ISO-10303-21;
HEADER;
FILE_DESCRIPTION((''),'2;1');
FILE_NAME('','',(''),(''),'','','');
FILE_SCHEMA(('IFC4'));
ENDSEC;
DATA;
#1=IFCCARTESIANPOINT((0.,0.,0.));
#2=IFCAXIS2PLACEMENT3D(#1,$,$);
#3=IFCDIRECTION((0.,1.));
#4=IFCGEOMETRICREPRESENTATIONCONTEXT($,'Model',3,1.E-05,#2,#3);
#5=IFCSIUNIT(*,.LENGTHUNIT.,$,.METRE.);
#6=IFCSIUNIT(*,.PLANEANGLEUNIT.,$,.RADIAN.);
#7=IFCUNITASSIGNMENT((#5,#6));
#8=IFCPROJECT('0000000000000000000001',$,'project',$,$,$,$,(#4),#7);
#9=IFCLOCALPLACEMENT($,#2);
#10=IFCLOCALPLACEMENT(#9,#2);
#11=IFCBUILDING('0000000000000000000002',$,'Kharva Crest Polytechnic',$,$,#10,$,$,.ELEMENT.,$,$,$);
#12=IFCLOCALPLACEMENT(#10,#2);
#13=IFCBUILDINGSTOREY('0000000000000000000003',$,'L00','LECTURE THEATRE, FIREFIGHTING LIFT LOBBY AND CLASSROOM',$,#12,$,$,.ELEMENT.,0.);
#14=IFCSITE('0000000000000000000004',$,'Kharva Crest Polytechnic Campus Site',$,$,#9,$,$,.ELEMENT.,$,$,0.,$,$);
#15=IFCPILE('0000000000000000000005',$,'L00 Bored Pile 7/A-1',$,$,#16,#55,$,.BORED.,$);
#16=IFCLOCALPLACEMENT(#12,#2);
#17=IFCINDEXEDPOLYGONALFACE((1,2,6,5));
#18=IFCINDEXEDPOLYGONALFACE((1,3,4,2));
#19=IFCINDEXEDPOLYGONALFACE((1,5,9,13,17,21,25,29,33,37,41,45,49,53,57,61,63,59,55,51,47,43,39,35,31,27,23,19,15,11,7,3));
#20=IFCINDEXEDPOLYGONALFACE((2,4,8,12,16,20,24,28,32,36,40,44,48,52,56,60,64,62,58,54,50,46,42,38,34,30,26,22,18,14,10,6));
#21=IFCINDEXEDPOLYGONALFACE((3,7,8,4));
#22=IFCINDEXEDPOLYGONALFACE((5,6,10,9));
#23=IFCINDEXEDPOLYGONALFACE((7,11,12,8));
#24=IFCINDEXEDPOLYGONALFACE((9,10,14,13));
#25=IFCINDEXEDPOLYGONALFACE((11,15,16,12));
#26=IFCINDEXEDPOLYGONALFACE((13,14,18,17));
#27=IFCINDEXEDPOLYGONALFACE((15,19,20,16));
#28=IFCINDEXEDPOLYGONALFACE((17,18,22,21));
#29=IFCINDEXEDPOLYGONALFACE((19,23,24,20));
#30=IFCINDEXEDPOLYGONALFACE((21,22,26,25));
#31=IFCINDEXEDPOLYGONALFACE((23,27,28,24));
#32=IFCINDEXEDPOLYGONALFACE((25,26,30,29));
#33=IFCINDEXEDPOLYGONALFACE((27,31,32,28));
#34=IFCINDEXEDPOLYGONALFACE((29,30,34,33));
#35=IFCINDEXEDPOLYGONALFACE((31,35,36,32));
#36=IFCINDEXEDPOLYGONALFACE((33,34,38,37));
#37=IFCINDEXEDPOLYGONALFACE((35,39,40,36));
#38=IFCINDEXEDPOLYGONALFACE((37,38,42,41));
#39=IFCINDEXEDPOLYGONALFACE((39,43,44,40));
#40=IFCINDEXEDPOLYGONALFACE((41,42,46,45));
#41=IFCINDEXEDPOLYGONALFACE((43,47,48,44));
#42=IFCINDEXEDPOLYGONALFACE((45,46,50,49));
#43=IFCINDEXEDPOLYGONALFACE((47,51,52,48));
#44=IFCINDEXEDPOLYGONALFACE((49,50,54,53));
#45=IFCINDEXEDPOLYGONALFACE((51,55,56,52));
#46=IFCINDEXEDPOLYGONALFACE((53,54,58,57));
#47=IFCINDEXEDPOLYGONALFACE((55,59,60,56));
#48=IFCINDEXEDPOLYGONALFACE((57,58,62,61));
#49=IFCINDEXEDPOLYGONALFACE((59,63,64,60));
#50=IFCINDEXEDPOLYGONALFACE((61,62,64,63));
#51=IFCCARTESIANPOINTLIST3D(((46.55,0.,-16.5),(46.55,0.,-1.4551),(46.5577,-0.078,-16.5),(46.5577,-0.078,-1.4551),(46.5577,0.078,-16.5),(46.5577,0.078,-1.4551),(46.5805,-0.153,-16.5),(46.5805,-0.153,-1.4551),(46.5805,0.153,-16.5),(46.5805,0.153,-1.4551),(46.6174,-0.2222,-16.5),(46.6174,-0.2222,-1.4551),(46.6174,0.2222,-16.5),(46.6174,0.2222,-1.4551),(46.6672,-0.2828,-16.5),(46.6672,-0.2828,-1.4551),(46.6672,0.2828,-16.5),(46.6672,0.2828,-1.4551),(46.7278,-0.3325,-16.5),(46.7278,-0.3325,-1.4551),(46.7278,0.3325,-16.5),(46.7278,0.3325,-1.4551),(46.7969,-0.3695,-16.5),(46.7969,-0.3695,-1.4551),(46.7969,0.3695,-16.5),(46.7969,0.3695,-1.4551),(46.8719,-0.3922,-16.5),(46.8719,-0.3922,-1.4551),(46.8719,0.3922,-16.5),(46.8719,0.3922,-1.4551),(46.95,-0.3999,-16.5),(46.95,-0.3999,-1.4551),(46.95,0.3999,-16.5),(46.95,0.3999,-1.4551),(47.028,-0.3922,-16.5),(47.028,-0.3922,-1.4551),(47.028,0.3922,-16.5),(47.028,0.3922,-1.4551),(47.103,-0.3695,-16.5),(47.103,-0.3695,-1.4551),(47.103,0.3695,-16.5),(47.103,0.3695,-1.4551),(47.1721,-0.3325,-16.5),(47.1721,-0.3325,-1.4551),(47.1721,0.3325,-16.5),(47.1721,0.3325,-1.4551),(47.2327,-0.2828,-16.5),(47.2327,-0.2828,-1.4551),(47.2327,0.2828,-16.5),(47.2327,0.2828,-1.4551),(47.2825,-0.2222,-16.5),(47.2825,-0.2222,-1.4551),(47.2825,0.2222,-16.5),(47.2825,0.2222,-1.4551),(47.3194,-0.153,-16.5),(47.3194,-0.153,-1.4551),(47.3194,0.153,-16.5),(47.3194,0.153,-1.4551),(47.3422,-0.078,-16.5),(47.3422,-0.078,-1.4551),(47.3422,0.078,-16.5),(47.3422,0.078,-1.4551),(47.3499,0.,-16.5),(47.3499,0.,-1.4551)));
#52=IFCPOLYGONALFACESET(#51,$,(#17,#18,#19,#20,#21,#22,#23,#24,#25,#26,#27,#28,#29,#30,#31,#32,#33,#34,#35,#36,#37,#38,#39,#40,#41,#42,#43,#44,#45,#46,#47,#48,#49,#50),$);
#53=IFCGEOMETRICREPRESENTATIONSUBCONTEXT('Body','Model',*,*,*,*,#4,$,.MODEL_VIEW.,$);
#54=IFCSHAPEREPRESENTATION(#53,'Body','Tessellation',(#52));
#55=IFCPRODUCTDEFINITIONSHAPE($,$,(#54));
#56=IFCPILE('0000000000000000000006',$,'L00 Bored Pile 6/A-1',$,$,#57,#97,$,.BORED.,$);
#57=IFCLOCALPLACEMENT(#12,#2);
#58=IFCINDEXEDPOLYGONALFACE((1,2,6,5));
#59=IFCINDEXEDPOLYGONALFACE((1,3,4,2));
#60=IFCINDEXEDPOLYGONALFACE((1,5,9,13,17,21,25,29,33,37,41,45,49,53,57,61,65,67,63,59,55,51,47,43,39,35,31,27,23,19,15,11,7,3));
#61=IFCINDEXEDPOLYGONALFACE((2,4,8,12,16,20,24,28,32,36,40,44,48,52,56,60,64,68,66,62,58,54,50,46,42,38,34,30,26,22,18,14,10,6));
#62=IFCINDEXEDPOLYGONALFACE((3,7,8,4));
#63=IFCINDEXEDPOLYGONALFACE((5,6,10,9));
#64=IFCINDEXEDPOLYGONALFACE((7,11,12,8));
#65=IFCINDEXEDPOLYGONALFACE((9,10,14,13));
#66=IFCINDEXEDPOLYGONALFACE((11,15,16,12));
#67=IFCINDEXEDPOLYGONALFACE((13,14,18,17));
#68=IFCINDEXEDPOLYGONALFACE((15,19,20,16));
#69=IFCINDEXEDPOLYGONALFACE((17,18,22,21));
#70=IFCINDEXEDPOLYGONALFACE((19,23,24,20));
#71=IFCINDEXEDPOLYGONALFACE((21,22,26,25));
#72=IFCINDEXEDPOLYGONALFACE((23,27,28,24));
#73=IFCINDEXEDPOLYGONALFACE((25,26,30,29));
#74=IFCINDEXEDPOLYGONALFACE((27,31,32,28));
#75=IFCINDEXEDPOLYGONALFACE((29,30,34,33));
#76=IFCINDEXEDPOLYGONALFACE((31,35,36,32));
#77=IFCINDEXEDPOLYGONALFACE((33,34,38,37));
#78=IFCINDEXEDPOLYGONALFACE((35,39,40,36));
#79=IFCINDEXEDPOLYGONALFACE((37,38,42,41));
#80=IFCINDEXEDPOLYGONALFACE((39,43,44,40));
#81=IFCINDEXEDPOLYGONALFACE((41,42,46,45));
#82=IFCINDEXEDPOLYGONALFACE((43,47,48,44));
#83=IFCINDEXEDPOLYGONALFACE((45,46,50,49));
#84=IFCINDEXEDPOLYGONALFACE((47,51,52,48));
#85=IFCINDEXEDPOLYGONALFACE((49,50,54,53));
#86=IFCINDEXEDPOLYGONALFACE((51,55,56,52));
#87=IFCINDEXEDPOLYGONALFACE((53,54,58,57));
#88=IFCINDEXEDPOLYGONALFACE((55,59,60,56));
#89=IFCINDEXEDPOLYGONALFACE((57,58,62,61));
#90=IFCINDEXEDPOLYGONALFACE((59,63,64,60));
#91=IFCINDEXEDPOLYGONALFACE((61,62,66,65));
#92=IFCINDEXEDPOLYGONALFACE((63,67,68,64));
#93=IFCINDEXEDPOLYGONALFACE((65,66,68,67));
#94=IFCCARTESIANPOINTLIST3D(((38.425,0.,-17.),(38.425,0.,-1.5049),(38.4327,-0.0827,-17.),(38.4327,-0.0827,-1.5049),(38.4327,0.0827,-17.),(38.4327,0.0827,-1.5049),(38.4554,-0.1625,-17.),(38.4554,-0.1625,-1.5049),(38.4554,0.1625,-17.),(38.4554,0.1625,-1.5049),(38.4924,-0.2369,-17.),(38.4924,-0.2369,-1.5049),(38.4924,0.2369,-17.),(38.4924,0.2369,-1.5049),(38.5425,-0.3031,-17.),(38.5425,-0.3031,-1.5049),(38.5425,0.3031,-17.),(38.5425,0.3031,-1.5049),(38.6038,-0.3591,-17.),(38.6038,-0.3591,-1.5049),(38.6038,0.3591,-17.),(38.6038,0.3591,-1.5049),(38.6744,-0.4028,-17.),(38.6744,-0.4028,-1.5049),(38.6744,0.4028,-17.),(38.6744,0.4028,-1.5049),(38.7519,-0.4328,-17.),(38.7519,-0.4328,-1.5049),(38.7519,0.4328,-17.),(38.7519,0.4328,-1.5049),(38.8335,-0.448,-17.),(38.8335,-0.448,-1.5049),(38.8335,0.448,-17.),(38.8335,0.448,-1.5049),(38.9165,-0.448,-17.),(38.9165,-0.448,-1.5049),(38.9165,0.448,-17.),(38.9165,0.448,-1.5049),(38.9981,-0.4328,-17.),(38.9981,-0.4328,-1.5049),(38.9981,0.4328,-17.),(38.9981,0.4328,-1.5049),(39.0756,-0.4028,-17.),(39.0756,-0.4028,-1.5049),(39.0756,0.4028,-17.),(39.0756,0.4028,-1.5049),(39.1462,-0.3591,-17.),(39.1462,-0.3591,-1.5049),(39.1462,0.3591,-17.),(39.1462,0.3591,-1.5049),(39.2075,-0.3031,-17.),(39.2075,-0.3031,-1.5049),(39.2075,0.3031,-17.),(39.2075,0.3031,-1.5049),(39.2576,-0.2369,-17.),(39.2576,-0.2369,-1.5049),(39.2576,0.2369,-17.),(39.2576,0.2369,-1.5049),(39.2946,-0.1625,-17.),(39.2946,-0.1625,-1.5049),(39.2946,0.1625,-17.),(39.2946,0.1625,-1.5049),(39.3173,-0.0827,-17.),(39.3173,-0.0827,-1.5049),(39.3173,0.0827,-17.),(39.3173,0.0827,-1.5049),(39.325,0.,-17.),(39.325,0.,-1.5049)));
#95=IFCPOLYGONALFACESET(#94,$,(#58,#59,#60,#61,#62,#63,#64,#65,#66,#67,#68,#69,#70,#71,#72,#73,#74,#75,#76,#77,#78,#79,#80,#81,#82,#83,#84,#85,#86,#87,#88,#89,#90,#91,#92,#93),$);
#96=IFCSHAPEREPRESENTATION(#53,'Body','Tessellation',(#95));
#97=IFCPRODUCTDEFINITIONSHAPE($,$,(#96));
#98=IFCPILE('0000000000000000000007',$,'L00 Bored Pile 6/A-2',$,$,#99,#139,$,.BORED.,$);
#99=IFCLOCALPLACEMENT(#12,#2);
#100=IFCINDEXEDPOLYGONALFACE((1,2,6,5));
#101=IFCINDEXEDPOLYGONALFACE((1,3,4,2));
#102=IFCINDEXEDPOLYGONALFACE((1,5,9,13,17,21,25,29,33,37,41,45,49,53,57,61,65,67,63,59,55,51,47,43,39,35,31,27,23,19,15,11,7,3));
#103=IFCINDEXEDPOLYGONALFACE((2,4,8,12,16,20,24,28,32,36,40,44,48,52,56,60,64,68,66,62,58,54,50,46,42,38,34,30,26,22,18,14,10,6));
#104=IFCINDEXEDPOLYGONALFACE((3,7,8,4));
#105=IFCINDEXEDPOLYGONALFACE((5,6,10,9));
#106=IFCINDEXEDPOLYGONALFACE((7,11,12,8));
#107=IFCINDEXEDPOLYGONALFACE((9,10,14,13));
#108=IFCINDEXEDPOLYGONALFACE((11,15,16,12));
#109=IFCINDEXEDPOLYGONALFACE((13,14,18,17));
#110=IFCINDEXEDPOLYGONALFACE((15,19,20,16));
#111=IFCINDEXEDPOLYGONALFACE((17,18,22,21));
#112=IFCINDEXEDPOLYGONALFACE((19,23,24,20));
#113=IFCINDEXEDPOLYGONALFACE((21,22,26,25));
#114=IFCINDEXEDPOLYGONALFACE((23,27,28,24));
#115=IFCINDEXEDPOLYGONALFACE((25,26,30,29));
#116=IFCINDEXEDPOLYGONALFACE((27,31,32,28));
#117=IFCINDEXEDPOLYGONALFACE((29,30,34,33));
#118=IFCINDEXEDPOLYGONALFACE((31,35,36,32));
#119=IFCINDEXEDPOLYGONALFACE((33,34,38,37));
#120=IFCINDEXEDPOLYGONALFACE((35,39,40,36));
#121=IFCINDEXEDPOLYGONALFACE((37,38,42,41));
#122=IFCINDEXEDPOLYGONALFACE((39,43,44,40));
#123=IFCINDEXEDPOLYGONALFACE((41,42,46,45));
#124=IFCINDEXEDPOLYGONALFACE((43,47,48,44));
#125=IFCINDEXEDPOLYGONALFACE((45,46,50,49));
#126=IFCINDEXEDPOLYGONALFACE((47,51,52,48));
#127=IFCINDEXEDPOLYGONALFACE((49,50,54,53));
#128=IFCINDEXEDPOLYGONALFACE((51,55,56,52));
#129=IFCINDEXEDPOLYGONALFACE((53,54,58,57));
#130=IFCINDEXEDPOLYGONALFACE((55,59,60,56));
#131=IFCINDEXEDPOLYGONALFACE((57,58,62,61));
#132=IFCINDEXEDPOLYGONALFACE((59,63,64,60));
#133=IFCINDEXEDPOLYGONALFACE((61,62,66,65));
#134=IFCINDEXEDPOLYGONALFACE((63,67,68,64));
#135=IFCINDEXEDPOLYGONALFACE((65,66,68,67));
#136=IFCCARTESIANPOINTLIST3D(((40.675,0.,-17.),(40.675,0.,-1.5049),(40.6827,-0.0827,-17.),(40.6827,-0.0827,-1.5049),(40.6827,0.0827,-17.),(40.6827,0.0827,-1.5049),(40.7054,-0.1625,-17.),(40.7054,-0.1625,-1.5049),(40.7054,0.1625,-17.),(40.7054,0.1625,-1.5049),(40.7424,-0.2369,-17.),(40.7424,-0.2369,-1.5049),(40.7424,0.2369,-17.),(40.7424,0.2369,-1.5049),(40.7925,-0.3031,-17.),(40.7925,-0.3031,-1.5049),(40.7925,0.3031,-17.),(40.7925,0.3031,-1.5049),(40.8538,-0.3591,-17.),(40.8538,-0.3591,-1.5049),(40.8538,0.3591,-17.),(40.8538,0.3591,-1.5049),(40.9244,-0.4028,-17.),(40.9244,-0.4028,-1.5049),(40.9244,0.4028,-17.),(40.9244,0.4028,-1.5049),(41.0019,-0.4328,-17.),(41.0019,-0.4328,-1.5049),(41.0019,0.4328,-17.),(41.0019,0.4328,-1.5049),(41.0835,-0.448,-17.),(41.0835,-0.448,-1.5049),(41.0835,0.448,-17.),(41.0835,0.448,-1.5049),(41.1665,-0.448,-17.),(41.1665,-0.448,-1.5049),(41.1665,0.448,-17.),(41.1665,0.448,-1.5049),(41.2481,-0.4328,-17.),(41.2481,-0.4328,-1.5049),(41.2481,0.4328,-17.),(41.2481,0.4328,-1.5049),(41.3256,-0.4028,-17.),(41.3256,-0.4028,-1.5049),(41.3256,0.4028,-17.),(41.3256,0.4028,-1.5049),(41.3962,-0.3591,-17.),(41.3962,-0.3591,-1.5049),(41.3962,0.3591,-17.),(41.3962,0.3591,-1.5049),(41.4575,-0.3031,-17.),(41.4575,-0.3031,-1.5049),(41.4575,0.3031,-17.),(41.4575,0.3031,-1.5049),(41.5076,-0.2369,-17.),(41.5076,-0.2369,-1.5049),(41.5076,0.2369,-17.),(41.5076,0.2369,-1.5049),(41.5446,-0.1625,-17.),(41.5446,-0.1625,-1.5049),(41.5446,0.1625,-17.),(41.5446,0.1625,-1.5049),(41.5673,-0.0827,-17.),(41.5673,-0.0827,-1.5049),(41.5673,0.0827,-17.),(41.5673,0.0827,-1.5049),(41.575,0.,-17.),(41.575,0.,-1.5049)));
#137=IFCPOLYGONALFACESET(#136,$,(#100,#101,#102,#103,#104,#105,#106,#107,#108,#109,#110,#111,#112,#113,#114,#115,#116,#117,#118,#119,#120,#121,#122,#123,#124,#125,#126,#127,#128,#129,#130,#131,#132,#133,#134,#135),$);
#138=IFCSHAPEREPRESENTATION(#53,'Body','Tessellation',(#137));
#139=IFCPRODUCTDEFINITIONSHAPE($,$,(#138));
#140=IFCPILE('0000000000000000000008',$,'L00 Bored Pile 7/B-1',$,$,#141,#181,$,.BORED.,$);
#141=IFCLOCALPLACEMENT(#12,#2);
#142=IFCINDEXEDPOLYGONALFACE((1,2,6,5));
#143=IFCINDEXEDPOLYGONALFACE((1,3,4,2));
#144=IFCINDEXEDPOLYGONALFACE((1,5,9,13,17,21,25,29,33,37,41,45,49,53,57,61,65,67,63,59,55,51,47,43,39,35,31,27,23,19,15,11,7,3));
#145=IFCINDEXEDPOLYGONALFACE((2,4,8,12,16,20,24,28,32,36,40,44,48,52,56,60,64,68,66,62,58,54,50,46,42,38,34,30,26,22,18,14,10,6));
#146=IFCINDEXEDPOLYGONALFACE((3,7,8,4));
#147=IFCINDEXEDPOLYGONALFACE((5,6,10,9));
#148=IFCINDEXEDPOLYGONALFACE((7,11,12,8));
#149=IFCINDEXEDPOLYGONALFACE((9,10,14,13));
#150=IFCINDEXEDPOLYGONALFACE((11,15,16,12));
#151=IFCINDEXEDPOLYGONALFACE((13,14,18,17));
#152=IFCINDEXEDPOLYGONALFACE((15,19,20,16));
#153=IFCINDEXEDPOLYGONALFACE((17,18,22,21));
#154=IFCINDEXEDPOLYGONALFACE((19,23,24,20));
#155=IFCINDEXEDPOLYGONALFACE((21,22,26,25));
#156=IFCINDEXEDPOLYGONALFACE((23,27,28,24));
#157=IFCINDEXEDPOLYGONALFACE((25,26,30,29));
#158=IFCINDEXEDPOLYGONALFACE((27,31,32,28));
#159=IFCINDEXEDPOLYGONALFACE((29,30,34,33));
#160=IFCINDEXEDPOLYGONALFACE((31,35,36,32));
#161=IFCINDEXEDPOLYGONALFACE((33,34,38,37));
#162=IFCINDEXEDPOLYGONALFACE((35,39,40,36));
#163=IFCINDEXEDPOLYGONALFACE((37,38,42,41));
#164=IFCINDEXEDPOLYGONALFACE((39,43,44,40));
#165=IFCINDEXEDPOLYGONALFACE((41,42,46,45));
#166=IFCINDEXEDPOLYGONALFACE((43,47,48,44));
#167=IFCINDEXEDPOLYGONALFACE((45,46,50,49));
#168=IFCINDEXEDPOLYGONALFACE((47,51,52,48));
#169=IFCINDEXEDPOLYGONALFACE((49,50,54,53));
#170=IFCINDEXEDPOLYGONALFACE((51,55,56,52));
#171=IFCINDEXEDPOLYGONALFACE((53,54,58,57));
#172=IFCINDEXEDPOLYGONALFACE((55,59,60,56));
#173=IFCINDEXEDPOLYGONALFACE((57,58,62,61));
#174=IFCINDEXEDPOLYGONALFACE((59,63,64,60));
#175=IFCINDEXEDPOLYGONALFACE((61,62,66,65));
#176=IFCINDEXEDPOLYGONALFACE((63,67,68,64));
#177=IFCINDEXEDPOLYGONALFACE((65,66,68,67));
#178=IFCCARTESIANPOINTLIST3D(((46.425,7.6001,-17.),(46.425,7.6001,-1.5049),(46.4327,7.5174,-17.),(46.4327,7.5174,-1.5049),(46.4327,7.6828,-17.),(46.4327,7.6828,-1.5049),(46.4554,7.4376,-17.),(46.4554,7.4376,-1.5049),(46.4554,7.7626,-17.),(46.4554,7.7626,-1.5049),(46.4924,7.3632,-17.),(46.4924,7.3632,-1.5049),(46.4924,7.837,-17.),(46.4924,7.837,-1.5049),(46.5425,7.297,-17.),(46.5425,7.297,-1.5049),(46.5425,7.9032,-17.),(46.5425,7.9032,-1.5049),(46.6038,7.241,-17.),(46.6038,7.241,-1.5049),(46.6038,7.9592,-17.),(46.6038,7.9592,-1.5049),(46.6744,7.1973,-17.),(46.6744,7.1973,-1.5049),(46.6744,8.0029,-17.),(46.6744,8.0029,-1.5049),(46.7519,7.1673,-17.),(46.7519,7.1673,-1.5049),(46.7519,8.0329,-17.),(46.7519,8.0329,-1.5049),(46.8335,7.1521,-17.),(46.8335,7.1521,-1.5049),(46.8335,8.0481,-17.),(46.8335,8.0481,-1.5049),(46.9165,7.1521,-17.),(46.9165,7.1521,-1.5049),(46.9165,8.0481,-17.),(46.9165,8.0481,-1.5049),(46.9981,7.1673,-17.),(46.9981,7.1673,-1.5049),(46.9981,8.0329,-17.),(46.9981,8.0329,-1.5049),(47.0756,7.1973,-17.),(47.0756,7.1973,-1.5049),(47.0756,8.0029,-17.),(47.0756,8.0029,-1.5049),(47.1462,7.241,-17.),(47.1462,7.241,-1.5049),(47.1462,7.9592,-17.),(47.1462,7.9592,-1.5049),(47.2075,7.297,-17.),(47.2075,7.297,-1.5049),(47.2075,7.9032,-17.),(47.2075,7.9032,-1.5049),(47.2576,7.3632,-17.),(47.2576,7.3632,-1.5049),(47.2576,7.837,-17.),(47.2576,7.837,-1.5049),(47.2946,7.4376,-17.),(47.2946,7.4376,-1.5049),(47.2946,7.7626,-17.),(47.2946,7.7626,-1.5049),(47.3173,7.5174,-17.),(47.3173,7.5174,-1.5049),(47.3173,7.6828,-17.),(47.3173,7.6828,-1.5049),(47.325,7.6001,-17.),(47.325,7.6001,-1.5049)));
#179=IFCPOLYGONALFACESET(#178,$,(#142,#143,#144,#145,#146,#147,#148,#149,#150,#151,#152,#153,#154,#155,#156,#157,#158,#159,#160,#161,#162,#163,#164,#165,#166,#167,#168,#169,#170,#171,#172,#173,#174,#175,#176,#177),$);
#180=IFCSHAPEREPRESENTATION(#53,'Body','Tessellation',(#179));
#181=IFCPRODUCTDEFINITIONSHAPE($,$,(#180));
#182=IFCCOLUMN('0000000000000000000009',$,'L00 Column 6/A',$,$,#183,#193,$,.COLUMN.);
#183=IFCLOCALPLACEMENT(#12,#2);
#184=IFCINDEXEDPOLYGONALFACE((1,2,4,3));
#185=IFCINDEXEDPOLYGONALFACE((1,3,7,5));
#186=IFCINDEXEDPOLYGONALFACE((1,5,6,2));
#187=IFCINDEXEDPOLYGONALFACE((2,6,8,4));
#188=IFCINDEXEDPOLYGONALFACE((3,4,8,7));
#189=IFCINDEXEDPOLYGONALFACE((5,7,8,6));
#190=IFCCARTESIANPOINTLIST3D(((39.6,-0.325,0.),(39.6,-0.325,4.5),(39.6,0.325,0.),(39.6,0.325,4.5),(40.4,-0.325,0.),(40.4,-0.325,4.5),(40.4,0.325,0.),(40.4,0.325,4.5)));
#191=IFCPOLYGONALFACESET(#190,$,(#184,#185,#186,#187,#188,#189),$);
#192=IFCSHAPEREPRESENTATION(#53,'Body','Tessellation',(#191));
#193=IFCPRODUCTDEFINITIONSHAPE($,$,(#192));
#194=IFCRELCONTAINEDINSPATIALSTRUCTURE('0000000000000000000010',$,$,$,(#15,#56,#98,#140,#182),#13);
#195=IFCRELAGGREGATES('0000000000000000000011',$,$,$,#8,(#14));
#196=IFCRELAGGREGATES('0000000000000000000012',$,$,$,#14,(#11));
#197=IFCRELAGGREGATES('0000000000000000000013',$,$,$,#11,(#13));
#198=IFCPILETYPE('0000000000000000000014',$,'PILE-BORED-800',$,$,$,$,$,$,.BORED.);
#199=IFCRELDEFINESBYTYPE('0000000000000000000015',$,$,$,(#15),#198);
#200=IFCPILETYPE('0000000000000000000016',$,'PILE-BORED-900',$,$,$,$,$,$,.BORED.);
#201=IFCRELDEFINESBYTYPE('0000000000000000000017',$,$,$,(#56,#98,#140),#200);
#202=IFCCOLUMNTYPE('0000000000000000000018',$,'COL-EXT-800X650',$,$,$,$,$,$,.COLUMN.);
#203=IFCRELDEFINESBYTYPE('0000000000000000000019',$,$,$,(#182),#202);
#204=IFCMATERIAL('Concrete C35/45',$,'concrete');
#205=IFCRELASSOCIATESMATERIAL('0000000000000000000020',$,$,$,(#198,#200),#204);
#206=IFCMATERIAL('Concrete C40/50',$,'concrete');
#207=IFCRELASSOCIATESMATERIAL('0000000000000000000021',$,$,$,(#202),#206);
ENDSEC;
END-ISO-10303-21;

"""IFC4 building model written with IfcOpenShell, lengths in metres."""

from ifc_helpers import new_model, si_unit, direction, frame, origin, origin_2d, place, context, subcontext, project, spatial, rectangle, circle, extrude, material, material_profile, profile_set, type_object, element, save


model = new_model("IFC4")

# Units and contexts
model_context = context("Model", 3, precision=1e-05, world=origin(), true_north=direction((0.0, 1.0)))
body_context = subcontext(model_context, "Body", "Model", "MODEL_VIEW")
ifc_project = project(units=[si_unit("LENGTHUNIT", "METRE"), si_unit("PLANEANGLEUNIT", "RADIAN")], contexts=[model_context])

# Site, building, storey
site_placement = place(None, origin())
site = spatial("IfcSite", under=ifc_project, at=site_placement, Name="Kharva Crest Polytechnic Campus Site", CompositionType="ELEMENT", RefElevation=0.0)
building_placement = place(site_placement, origin())
building = spatial("IfcBuilding", under=site, at=building_placement, Name="Kharva Crest Polytechnic", CompositionType="ELEMENT")
storey_placement = place(building_placement, origin())
storey = spatial("IfcBuildingStorey", under=building, at=storey_placement, Name="L00", Description="LECTURE THEATRE, FIREFIGHTING LIFT LOBBY AND CLASSROOM", CompositionType="ELEMENT", Elevation=0.0)

# Shared definitions
ifc_material_1 = material(Name="Concrete C35/45", Category="concrete")

# Piles
ifc_material_profile_1 = material_profile(ifc_material_1, circle(Radius=0.3999, at=origin_2d()), Name="DIA 800")
ifc_profile_set_1 = profile_set([ifc_material_profile_1], Name="Concrete C35/45")
pile_type_1 = type_object("IfcPileType", Name="PILE-BORED-800", PredefinedType="BORED", material=ifc_profile_set_1)
for number, where, z_axis, x_axis, name in (
    (1, (46.95, 0.0, -1.4551), (0.0, 0.0, -1.0), (1.0, 0.0, 0.0), "L00 Bored Pile 7/A-1"),
):
    element("IfcPile", number, at=place(storey_placement, frame(where, z_axis=z_axis, x_axis=x_axis)), inside=storey, type_object=pile_type_1, Name=name, PredefinedType="BORED", context=body_context, shape_type="SweptSolid", body=[
        extrude(circle(Radius=0.3999, at=origin_2d()), origin(), (0.0, 0.0, 1.0), 15.0449),
    ])
ifc_material_profile_2 = material_profile(ifc_material_1, circle(Radius=0.45, at=origin_2d()), Name="DIA 900")
ifc_profile_set_2 = profile_set([ifc_material_profile_2], Name="Concrete C35/45")
pile_type_2 = type_object("IfcPileType", Name="PILE-BORED-900", PredefinedType="BORED", material=ifc_profile_set_2)
for number, where, z_axis, x_axis, name in (
    (2, (38.875, 0.0, -1.5049), (0.0, 0.0, -1.0), (1.0, 0.0, 0.0), "L00 Bored Pile 6/A-1"),
    (3, (41.125, 0.0, -1.5049), (0.0, 0.0, -1.0), (1.0, 0.0, 0.0), "L00 Bored Pile 6/A-2"),
    (4, (46.875, 7.6001, -1.5049), (0.0, 0.0, -1.0), (1.0, 0.0, 0.0), "L00 Bored Pile 7/B-1"),
):
    element("IfcPile", number, at=place(storey_placement, frame(where, z_axis=z_axis, x_axis=x_axis)), inside=storey, type_object=pile_type_2, Name=name, PredefinedType="BORED", context=body_context, shape_type="SweptSolid", body=[
        extrude(circle(Radius=0.45, at=origin_2d()), origin(), (0.0, 0.0, 1.0), 15.4951),
    ])

# Column
ifc_material_2 = material(Name="Concrete C40/50", Category="concrete")
ifc_material_profile_3 = material_profile(ifc_material_2, rectangle(XDim=0.8, YDim=0.6499, at=origin_2d()), Name="RECT 800 X 650")
ifc_profile_set_3 = profile_set([ifc_material_profile_3], Name="Concrete C40/50")
column_type_1 = type_object("IfcColumnType", Name="COL-EXT-800X650", PredefinedType="COLUMN", material=ifc_profile_set_3)
column_1_placement = place(storey_placement, frame((40.0, 0.0, 0.0), z_axis=(0.0, 0.0, 1.0), x_axis=(1.0, 0.0, 0.0)))
element("IfcColumn", 5, at=column_1_placement, inside=storey, type_object=column_type_1, Name="L00 Column 6/A", PredefinedType="COLUMN", context=body_context, shape_type="SweptSolid", body=[
    extrude(rectangle(XDim=0.8, YDim=0.6499, at=origin_2d()), origin(), (0.0, 0.0, 1.0), 4.5),
])

save(model, "model.ifc")
